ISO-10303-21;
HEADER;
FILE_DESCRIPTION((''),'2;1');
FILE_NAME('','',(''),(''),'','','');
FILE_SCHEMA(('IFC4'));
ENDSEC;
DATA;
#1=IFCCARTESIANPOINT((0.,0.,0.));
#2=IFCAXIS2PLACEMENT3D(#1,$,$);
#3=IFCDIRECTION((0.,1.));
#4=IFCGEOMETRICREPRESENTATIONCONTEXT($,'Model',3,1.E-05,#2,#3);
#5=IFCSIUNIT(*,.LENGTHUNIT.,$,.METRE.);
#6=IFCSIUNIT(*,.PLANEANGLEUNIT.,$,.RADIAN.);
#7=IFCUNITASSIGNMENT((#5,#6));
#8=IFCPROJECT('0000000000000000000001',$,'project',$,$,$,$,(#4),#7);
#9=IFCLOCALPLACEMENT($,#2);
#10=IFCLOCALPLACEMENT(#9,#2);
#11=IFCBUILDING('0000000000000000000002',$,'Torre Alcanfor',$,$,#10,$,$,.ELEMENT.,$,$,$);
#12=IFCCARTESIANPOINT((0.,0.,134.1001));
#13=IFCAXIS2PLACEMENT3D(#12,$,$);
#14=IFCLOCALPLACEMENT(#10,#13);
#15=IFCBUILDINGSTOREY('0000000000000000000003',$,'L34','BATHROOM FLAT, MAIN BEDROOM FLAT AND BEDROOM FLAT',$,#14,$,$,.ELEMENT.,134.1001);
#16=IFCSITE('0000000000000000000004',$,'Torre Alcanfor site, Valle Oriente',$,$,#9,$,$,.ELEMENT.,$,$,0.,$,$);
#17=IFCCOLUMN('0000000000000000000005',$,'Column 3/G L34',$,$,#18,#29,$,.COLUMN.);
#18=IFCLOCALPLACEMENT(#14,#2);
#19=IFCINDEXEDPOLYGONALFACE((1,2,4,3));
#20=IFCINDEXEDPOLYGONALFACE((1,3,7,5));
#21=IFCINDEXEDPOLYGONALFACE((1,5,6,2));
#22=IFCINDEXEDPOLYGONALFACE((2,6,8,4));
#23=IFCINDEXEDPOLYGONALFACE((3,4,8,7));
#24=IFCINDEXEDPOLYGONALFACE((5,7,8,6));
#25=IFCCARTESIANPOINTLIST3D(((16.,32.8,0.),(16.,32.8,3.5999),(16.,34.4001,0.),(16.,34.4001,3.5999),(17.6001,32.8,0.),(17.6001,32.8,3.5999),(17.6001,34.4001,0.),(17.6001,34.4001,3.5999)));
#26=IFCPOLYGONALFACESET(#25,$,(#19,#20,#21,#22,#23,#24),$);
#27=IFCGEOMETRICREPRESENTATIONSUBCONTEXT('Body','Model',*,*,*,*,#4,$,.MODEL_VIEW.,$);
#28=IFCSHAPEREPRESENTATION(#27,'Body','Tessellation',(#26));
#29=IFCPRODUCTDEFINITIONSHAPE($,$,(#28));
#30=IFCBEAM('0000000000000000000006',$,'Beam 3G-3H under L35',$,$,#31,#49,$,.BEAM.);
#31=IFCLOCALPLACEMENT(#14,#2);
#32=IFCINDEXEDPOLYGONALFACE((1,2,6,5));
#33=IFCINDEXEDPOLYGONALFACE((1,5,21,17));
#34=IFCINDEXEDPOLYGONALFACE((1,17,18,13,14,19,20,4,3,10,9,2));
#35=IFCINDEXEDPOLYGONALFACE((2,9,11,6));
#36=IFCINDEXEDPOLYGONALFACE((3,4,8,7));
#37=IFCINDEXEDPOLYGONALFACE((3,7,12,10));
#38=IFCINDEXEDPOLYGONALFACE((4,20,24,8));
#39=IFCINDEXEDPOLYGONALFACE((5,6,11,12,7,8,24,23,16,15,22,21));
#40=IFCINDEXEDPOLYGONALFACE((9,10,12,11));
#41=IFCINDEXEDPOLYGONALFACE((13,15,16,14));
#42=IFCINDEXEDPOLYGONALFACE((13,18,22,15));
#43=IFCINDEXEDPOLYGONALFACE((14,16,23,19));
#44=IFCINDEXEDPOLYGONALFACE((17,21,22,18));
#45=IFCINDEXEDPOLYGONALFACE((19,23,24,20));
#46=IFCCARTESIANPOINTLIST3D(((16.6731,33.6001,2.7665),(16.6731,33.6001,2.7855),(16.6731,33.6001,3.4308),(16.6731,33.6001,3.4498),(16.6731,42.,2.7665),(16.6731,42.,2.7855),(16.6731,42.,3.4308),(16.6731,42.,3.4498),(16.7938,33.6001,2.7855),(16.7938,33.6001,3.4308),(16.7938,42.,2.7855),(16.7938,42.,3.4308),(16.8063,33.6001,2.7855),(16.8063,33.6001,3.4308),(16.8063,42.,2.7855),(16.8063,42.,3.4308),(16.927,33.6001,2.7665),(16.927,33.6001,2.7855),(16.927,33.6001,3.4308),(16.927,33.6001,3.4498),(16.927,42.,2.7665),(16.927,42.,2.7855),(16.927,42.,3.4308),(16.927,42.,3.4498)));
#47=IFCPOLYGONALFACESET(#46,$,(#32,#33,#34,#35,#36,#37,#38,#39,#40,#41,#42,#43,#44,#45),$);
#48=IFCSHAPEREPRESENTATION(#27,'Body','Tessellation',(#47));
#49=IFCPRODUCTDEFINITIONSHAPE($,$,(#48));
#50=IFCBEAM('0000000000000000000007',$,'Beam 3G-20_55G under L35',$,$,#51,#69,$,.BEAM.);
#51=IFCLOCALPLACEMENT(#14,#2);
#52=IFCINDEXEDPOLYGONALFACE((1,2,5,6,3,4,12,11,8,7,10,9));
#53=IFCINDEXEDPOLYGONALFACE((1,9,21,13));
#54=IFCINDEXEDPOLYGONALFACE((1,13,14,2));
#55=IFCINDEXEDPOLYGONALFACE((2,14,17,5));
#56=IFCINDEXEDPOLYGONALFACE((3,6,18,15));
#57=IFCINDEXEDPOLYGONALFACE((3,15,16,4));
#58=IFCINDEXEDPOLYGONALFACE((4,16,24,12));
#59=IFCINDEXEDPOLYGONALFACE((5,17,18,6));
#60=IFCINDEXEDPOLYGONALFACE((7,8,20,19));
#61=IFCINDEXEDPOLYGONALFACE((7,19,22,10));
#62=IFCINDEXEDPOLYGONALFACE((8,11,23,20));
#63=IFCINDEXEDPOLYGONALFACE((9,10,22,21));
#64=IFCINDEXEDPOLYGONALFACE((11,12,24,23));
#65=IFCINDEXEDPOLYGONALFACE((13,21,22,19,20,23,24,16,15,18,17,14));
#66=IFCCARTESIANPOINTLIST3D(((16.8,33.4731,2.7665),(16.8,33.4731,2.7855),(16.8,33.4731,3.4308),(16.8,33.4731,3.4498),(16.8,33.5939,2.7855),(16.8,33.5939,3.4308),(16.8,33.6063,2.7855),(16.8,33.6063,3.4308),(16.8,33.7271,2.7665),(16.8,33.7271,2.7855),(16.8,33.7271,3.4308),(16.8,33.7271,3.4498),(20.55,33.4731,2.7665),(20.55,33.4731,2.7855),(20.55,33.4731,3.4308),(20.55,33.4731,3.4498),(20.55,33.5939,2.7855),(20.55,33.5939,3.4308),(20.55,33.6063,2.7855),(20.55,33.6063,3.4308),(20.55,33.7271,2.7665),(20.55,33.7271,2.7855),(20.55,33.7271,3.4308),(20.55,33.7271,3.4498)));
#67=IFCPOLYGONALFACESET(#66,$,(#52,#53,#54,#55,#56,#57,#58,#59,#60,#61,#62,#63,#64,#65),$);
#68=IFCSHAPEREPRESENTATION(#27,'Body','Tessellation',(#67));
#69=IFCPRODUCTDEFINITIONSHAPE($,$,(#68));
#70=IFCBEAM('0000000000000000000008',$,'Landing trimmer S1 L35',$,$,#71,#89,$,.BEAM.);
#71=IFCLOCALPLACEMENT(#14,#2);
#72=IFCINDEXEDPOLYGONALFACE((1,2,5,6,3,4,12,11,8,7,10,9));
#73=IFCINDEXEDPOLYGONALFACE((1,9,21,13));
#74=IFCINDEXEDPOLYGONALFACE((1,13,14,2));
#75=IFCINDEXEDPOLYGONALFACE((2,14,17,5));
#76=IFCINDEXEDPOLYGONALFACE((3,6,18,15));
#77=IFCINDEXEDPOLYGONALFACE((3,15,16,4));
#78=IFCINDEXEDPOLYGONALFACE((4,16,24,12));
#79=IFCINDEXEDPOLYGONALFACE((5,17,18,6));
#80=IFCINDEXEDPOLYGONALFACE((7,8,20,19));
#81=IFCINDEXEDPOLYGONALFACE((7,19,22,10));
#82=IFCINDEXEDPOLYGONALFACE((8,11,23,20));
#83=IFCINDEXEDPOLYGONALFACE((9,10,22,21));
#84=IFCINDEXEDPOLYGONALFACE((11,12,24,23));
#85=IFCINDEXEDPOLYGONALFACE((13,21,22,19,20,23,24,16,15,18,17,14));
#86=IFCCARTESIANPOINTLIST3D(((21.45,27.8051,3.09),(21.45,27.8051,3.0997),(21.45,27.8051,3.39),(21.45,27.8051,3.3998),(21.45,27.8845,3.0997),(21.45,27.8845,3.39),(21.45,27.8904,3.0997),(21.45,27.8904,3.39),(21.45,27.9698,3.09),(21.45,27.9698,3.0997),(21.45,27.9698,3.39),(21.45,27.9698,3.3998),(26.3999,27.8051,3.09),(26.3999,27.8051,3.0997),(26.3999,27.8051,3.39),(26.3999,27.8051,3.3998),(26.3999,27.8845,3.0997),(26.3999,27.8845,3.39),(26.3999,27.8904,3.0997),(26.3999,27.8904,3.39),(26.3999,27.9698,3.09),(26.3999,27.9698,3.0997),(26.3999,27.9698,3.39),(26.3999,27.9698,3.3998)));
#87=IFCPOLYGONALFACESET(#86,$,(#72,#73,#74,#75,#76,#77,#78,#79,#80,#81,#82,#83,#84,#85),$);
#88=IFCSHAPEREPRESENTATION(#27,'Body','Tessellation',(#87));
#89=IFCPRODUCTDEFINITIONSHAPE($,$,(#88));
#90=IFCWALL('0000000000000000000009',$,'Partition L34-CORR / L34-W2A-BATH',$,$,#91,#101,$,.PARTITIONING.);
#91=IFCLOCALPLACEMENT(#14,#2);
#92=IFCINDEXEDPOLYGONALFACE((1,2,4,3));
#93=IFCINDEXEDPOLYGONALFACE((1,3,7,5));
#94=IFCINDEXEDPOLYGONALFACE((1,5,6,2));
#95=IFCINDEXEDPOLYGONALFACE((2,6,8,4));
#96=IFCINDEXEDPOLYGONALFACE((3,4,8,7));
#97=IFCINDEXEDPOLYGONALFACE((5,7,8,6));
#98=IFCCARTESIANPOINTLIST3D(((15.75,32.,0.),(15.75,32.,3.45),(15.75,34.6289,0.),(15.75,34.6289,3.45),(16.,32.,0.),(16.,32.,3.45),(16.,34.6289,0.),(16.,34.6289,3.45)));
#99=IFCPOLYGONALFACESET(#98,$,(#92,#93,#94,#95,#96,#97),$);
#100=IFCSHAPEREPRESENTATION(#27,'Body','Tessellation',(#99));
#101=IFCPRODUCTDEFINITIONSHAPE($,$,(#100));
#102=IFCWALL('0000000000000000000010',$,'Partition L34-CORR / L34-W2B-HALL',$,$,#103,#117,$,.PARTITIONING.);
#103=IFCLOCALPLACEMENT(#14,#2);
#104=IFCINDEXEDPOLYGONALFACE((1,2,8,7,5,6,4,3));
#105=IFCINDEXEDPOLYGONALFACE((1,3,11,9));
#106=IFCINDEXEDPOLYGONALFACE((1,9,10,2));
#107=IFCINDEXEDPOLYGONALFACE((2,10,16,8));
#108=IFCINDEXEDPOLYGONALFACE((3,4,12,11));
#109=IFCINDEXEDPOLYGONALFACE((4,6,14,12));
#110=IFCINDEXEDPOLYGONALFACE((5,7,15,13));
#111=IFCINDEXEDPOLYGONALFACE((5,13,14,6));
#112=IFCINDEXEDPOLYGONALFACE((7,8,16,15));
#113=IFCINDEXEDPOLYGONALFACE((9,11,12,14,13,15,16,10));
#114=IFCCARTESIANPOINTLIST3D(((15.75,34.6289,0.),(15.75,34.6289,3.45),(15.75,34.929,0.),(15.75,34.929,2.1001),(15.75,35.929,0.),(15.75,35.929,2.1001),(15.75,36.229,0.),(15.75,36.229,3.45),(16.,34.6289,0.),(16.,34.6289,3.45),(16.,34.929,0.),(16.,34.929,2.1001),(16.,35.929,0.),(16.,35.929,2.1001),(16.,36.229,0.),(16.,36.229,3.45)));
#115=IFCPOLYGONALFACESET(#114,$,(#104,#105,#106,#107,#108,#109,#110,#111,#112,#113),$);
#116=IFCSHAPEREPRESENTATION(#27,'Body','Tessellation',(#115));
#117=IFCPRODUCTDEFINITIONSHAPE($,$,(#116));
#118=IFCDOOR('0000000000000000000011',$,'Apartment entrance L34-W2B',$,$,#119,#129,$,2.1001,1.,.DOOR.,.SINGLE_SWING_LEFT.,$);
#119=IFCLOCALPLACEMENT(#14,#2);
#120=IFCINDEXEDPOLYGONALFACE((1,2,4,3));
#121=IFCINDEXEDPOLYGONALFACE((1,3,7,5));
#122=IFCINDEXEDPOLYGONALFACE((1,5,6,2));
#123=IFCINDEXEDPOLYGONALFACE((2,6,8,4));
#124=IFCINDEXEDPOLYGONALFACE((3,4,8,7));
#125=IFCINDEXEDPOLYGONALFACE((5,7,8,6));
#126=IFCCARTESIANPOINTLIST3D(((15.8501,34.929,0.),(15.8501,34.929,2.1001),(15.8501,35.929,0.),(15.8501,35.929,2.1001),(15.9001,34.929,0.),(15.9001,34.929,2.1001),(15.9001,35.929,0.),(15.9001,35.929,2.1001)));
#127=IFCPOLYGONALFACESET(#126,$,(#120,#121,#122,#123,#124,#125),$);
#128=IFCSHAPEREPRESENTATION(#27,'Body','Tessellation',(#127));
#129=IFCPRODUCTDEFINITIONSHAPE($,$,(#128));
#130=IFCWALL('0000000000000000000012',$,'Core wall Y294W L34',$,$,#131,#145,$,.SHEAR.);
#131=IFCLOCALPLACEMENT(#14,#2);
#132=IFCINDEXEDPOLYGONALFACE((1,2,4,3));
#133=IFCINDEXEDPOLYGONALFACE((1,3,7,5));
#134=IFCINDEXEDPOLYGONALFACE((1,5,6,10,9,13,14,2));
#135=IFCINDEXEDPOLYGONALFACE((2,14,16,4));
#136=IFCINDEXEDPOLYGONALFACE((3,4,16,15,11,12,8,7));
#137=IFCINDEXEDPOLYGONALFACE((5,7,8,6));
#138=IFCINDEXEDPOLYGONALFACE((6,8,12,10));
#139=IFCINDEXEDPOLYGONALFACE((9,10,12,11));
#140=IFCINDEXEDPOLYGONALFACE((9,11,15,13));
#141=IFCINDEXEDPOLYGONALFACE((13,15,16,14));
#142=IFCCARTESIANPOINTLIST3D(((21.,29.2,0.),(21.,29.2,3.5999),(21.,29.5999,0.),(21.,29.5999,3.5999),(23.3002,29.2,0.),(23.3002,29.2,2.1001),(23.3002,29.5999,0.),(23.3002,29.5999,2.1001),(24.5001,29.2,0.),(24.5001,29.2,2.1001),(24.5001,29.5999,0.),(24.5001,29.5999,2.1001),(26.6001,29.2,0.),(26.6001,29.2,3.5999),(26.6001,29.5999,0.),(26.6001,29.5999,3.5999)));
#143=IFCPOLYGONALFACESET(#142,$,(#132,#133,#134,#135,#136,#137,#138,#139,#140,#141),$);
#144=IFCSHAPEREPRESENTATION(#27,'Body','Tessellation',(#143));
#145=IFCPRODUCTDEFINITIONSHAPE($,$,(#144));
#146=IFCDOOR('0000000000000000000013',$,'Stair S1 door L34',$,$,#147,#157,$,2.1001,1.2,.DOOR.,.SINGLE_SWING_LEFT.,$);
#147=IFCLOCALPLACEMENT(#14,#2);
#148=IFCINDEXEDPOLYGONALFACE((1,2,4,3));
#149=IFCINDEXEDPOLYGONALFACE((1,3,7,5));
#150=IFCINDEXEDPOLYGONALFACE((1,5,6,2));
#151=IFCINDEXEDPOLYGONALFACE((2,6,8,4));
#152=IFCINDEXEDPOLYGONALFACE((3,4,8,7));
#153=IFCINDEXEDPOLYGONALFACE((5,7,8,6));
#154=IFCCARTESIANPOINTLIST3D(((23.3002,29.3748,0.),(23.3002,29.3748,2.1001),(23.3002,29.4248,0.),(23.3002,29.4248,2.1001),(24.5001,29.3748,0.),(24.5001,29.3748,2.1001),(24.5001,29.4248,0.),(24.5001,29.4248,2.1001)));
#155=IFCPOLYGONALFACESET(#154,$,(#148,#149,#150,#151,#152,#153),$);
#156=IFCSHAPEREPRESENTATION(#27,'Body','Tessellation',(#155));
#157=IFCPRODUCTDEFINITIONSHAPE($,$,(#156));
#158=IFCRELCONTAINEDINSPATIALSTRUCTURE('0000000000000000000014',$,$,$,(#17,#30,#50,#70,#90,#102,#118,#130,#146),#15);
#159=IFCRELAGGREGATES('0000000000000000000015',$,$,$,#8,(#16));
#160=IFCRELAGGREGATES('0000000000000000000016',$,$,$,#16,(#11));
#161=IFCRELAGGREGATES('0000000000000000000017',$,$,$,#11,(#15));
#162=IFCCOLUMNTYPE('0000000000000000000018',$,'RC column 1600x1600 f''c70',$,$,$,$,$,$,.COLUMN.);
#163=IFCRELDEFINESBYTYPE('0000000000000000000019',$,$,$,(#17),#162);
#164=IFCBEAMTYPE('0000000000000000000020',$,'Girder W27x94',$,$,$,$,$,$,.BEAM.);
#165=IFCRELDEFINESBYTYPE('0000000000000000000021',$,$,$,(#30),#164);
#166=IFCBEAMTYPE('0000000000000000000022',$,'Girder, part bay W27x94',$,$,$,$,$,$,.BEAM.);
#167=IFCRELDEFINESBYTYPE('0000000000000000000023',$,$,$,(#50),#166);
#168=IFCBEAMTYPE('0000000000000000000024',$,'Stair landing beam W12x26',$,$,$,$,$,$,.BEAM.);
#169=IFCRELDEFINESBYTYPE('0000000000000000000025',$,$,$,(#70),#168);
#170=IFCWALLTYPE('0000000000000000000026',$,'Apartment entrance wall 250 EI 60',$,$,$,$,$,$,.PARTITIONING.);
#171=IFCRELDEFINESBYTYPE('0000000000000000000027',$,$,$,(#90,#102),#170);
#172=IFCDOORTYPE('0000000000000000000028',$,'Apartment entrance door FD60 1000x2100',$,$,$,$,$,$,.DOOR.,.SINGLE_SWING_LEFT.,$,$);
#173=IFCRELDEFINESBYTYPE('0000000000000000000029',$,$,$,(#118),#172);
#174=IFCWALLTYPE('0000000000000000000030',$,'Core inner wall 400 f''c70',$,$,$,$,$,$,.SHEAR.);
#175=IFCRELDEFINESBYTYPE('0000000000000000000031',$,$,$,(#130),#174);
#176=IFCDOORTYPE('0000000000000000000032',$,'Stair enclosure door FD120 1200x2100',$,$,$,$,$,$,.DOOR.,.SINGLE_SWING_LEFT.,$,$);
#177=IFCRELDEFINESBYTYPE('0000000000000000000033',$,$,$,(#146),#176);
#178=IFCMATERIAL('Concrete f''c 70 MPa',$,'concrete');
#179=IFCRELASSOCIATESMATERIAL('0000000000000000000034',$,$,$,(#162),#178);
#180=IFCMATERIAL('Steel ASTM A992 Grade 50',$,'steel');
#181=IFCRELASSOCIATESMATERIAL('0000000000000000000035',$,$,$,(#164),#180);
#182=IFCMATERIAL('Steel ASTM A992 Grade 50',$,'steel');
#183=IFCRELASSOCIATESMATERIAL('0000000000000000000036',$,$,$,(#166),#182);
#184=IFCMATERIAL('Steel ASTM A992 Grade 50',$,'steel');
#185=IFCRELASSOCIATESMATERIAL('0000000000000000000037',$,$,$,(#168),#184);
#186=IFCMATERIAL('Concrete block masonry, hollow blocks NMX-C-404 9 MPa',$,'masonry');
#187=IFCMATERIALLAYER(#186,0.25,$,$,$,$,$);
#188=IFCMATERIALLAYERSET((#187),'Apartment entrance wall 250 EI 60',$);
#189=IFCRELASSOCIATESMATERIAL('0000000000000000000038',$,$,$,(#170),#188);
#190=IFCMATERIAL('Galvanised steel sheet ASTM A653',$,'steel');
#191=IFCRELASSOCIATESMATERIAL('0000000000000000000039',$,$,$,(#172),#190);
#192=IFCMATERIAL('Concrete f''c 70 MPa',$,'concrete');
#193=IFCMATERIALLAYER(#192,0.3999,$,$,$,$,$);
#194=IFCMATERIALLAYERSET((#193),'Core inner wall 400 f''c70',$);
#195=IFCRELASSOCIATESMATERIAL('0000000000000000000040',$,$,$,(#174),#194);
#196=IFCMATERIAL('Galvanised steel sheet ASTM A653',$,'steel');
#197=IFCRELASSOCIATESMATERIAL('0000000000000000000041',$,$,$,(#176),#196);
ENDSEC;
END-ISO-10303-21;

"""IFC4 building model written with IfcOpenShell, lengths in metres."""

from ifc_helpers import new_model, si_unit, direction, frame, frame_2d, origin, origin_2d, place, context, subcontext, project, spatial, rectangle, i_section, extrude, material, layer, layer_set, material_profile, profile_set, type_object, element, fill, save


model = new_model("IFC4")

# Units and contexts
model_context = context("Model", 3, precision=1e-05, world=origin(), true_north=direction((0.0, 1.0)))
body_context = subcontext(model_context, "Body", "Model", "MODEL_VIEW")
ifc_project = project(units=[si_unit("LENGTHUNIT", "METRE"), si_unit("PLANEANGLEUNIT", "RADIAN")], contexts=[model_context])

# Site, building, storey
site_placement = place(None, origin())
site = spatial("IfcSite", under=ifc_project, at=site_placement, Name="Torre Alcanfor site, Valle Oriente", CompositionType="ELEMENT", RefElevation=0.0)
building_placement = place(site_placement, origin())
building = spatial("IfcBuilding", under=site, at=building_placement, Name="Torre Alcanfor", CompositionType="ELEMENT")
storey_placement = place(building_placement, frame((0.0, 0.0, 134.1001)))
storey = spatial("IfcBuildingStorey", under=building, at=storey_placement, Name="L34", Description="BATHROOM FLAT, MAIN BEDROOM FLAT AND BEDROOM FLAT", CompositionType="ELEMENT", Elevation=134.1001)

# Column
ifc_material_1 = material(Name="Concrete f'c 70 MPa", Category="concrete")
ifc_material_profile_1 = material_profile(ifc_material_1, rectangle(XDim=1.6001, YDim=1.6001, at=origin_2d()), Name="1600x1600")
ifc_profile_set_1 = profile_set([ifc_material_profile_1], Name="Concrete f'c 70 MPa")
column_type = type_object("IfcColumnType", Name="RC column 1600x1600 f'c70", PredefinedType="COLUMN", material=ifc_profile_set_1)
column_placement = place(storey_placement, frame((16.8, 33.6001, 0.0), z_axis=(0.0, 0.0, 1.0), x_axis=(1.0, 0.0, 0.0)))
element("IfcColumn", 1, at=column_placement, inside=storey, type_object=column_type, Name="Column 3/G L34", PredefinedType="COLUMN", context=body_context, shape_type="SweptSolid", body=[
    extrude(rectangle(XDim=1.6001, YDim=1.6001, at=origin_2d()), origin(), (0.0, 0.0, 1.0), 3.5999),
])

# Beams
ifc_material_2 = material(Name="Steel ASTM A992 Grade 50", Category="steel")
ifc_material_profile_2 = material_profile(ifc_material_2, i_section(OverallWidth=0.2539, OverallDepth=0.6833, WebThickness=0.0125, FlangeThickness=0.019, at=origin_2d()), Name="W27x94")
ifc_profile_set_2 = profile_set([ifc_material_profile_2], Name="Steel ASTM A992 Grade 50")
beam_type_1 = type_object("IfcBeamType", Name="Girder W27x94", PredefinedType="BEAM", material=ifc_profile_set_2)
beam_1_placement = place(storey_placement, frame((16.8, 33.6001, 3.1082), z_axis=(0.0, 1.0, 0.0), x_axis=(-1.0, 0.0, 0.0)))
element("IfcBeam", 2, at=beam_1_placement, inside=storey, type_object=beam_type_1, Name="Beam 3G-3H under L35", PredefinedType="BEAM", context=body_context, shape_type="SweptSolid", body=[
    extrude(i_section(OverallWidth=0.2539, OverallDepth=0.6833, WebThickness=0.0125, FlangeThickness=0.019, at=origin_2d()), origin(), (0.0, 0.0, 1.0), 8.3999),
])
ifc_material_3 = material(Name="Steel ASTM A992 Grade 50", Category="steel")
ifc_material_profile_3 = material_profile(ifc_material_3, i_section(OverallWidth=0.2539, OverallDepth=0.6833, WebThickness=0.0125, FlangeThickness=0.019, at=origin_2d()), Name="W27x94")
ifc_profile_set_3 = profile_set([ifc_material_profile_3], Name="Steel ASTM A992 Grade 50")
beam_type_2 = type_object("IfcBeamType", Name="Girder, part bay W27x94", PredefinedType="BEAM", material=ifc_profile_set_3)
beam_2_placement = place(storey_placement, frame((16.8, 33.6001, 3.1082), z_axis=(1.0, 0.0, 0.0), x_axis=(0.0, 1.0, 0.0)))
element("IfcBeam", 3, at=beam_2_placement, inside=storey, type_object=beam_type_2, Name="Beam 3G-20_55G under L35", PredefinedType="BEAM", context=body_context, shape_type="SweptSolid", body=[
    extrude(i_section(OverallWidth=0.2539, OverallDepth=0.6833, WebThickness=0.0125, FlangeThickness=0.019, at=origin_2d()), origin(), (0.0, 0.0, 1.0), 3.75),
])
ifc_material_4 = material(Name="Steel ASTM A992 Grade 50", Category="steel")
ifc_material_profile_4 = material_profile(ifc_material_4, i_section(OverallWidth=0.1648, OverallDepth=0.3098, WebThickness=0.0059, FlangeThickness=0.0098, at=origin_2d()), Name="W12x26")
ifc_profile_set_4 = profile_set([ifc_material_profile_4], Name="Steel ASTM A992 Grade 50")
beam_type_3 = type_object("IfcBeamType", Name="Stair landing beam W12x26", PredefinedType="BEAM", material=ifc_profile_set_4)
beam_3_placement = place(storey_placement, frame((21.45, 27.8875, 3.2449), z_axis=(1.0, 0.0, 0.0), x_axis=(0.0, 1.0, 0.0)))
element("IfcBeam", 4, at=beam_3_placement, inside=storey, type_object=beam_type_3, Name="Landing trimmer S1 L35", PredefinedType="BEAM", context=body_context, shape_type="SweptSolid", body=[
    extrude(i_section(OverallWidth=0.1648, OverallDepth=0.3098, WebThickness=0.0059, FlangeThickness=0.0098, at=origin_2d()), origin(), (0.0, 0.0, 1.0), 4.95),
])

# Wall
ifc_material_5 = material(Name="Concrete block masonry, hollow blocks NMX-C-404 9 MPa", Category="masonry")
ifc_layer_1 = layer(ifc_material_5, 0.25)
ifc_layer_set_1 = layer_set([ifc_layer_1], Name="Apartment entrance wall 250 EI 60")
wall_type_1 = type_object("IfcWallType", Name="Apartment entrance wall 250 EI 60", PredefinedType="PARTITIONING", material=ifc_layer_set_1)
wall_1_placement = place(storey_placement, frame((15.875, 32.0, 0.0), z_axis=(0.0, 0.0, 1.0), x_axis=(0.0, 1.0, 0.0)))
element("IfcWall", 5, at=wall_1_placement, inside=storey, type_object=wall_type_1, Name="Partition L34-CORR / L34-W2A-BATH", PredefinedType="PARTITIONING", context=body_context, shape_type="SweptSolid", body=[
    extrude(rectangle(XDim=2.6289, YDim=0.25, at=frame_2d((1.3145, 0.0))), origin(), (0.0, 0.0, 1.0), 3.45),
])

# Walls, openings, doors
wall_2_placement = place(storey_placement, frame((15.875, 34.6289, 0.0), z_axis=(0.0, 0.0, 1.0), x_axis=(0.0, 1.0, 0.0)))
wall_2 = element("IfcWall", 6, at=wall_2_placement, inside=storey, type_object=wall_type_1, Name="Partition L34-CORR / L34-W2B-HALL", PredefinedType="PARTITIONING", context=body_context, shape_type="SweptSolid", body=[
    extrude(rectangle(XDim=1.6001, YDim=0.25, at=frame_2d((0.8, 0.0))), origin(), (0.0, 0.0, 1.0), 3.45),
])
opening_1_placement = place(wall_2_placement, frame((0.3, 0.0, 0.0)))
opening_1 = element("IfcOpeningElement", 7, at=opening_1_placement, cuts=wall_2, PredefinedType="OPENING", context=body_context, shape_type="SweptSolid", body=[
    extrude(rectangle(XDim=1.0, YDim=2.1001, at=frame_2d((0.5, 1.05))), frame((0.0, 0.135, 0.0), z_axis=(0.0, -1.0, 0.0), x_axis=(1.0, 0.0, 0.0)), (0.0, 0.0, 1.0), 0.27),
])
ifc_material_6 = material(Name="Galvanised steel sheet ASTM A653", Category="steel")
door_type_1 = type_object("IfcDoorType", Name="Apartment entrance door FD60 1000x2100", OperationType="SINGLE_SWING_LEFT", PredefinedType="DOOR", material=ifc_material_6)
door_1_placement = place(opening_1_placement, origin())
door_1 = element("IfcDoor", 8, at=door_1_placement, inside=storey, type_object=door_type_1, Name="Apartment entrance L34-W2B", OperationType="SINGLE_SWING_LEFT", OverallHeight=2.1001, OverallWidth=1.0, PredefinedType="DOOR", context=body_context, shape_type="SweptSolid", body=[
    extrude(rectangle(XDim=1.0, YDim=2.1001, at=frame_2d((0.5, 1.05))), frame((0.0, 0.0249, 0.0), z_axis=(0.0, -1.0, 0.0), x_axis=(1.0, 0.0, 0.0)), (0.0, 0.0, 1.0), 0.05),
])
fill(opening_1, door_1)
ifc_material_7 = material(Name="Concrete f'c 70 MPa", Category="concrete")
ifc_layer_2 = layer(ifc_material_7, 0.3999)
ifc_layer_set_2 = layer_set([ifc_layer_2], Name="Core inner wall 400 f'c70")
wall_type_2 = type_object("IfcWallType", Name="Core inner wall 400 f'c70", PredefinedType="SHEAR", material=ifc_layer_set_2)
wall_3_placement = place(storey_placement, frame((21.0, 29.3999, 0.0), z_axis=(0.0, 0.0, 1.0), x_axis=(1.0, 0.0, 0.0)))
wall_3 = element("IfcWall", 9, at=wall_3_placement, inside=storey, type_object=wall_type_2, Name="Core wall Y294W L34", PredefinedType="SHEAR", context=body_context, shape_type="SweptSolid", body=[
    extrude(rectangle(XDim=5.6001, YDim=0.3999, at=frame_2d((2.8, 0.0))), origin(), (0.0, 0.0, 1.0), 3.5999),
])
opening_2_placement = place(wall_3_placement, frame((2.3, 0.0, 0.0)))
opening_2 = element("IfcOpeningElement", 10, at=opening_2_placement, cuts=wall_3, PredefinedType="OPENING", context=body_context, shape_type="SweptSolid", body=[
    extrude(rectangle(XDim=1.2, YDim=2.1001, at=frame_2d((0.6001, 1.05))), frame((0.0, 0.21, 0.0), z_axis=(0.0, -1.0, 0.0), x_axis=(1.0, 0.0, 0.0)), (0.0, 0.0, 1.0), 0.4199),
])
ifc_material_8 = material(Name="Galvanised steel sheet ASTM A653", Category="steel")
door_type_2 = type_object("IfcDoorType", Name="Stair enclosure door FD120 1200x2100", OperationType="SINGLE_SWING_LEFT", PredefinedType="DOOR", material=ifc_material_8)
door_2_placement = place(opening_2_placement, frame((1.2, 0.0, 0.0), z_axis=(0.0, 0.0, 1.0), x_axis=(-1.0, 0.0, 0.0)))
door_2 = element("IfcDoor", 11, at=door_2_placement, inside=storey, type_object=door_type_2, Name="Stair S1 door L34", OperationType="SINGLE_SWING_LEFT", OverallHeight=2.1001, OverallWidth=1.2, PredefinedType="DOOR", context=body_context, shape_type="SweptSolid", body=[
    extrude(rectangle(XDim=1.2, YDim=2.1001, at=frame_2d((0.5999, 1.05))), frame((0.0, 0.0251, 0.0), z_axis=(0.0, -1.0, 0.0), x_axis=(1.0, 0.0, 0.0)), (0.0, 0.0, 1.0), 0.05),
])
fill(opening_2, door_2)

save(model, "model.ifc")
